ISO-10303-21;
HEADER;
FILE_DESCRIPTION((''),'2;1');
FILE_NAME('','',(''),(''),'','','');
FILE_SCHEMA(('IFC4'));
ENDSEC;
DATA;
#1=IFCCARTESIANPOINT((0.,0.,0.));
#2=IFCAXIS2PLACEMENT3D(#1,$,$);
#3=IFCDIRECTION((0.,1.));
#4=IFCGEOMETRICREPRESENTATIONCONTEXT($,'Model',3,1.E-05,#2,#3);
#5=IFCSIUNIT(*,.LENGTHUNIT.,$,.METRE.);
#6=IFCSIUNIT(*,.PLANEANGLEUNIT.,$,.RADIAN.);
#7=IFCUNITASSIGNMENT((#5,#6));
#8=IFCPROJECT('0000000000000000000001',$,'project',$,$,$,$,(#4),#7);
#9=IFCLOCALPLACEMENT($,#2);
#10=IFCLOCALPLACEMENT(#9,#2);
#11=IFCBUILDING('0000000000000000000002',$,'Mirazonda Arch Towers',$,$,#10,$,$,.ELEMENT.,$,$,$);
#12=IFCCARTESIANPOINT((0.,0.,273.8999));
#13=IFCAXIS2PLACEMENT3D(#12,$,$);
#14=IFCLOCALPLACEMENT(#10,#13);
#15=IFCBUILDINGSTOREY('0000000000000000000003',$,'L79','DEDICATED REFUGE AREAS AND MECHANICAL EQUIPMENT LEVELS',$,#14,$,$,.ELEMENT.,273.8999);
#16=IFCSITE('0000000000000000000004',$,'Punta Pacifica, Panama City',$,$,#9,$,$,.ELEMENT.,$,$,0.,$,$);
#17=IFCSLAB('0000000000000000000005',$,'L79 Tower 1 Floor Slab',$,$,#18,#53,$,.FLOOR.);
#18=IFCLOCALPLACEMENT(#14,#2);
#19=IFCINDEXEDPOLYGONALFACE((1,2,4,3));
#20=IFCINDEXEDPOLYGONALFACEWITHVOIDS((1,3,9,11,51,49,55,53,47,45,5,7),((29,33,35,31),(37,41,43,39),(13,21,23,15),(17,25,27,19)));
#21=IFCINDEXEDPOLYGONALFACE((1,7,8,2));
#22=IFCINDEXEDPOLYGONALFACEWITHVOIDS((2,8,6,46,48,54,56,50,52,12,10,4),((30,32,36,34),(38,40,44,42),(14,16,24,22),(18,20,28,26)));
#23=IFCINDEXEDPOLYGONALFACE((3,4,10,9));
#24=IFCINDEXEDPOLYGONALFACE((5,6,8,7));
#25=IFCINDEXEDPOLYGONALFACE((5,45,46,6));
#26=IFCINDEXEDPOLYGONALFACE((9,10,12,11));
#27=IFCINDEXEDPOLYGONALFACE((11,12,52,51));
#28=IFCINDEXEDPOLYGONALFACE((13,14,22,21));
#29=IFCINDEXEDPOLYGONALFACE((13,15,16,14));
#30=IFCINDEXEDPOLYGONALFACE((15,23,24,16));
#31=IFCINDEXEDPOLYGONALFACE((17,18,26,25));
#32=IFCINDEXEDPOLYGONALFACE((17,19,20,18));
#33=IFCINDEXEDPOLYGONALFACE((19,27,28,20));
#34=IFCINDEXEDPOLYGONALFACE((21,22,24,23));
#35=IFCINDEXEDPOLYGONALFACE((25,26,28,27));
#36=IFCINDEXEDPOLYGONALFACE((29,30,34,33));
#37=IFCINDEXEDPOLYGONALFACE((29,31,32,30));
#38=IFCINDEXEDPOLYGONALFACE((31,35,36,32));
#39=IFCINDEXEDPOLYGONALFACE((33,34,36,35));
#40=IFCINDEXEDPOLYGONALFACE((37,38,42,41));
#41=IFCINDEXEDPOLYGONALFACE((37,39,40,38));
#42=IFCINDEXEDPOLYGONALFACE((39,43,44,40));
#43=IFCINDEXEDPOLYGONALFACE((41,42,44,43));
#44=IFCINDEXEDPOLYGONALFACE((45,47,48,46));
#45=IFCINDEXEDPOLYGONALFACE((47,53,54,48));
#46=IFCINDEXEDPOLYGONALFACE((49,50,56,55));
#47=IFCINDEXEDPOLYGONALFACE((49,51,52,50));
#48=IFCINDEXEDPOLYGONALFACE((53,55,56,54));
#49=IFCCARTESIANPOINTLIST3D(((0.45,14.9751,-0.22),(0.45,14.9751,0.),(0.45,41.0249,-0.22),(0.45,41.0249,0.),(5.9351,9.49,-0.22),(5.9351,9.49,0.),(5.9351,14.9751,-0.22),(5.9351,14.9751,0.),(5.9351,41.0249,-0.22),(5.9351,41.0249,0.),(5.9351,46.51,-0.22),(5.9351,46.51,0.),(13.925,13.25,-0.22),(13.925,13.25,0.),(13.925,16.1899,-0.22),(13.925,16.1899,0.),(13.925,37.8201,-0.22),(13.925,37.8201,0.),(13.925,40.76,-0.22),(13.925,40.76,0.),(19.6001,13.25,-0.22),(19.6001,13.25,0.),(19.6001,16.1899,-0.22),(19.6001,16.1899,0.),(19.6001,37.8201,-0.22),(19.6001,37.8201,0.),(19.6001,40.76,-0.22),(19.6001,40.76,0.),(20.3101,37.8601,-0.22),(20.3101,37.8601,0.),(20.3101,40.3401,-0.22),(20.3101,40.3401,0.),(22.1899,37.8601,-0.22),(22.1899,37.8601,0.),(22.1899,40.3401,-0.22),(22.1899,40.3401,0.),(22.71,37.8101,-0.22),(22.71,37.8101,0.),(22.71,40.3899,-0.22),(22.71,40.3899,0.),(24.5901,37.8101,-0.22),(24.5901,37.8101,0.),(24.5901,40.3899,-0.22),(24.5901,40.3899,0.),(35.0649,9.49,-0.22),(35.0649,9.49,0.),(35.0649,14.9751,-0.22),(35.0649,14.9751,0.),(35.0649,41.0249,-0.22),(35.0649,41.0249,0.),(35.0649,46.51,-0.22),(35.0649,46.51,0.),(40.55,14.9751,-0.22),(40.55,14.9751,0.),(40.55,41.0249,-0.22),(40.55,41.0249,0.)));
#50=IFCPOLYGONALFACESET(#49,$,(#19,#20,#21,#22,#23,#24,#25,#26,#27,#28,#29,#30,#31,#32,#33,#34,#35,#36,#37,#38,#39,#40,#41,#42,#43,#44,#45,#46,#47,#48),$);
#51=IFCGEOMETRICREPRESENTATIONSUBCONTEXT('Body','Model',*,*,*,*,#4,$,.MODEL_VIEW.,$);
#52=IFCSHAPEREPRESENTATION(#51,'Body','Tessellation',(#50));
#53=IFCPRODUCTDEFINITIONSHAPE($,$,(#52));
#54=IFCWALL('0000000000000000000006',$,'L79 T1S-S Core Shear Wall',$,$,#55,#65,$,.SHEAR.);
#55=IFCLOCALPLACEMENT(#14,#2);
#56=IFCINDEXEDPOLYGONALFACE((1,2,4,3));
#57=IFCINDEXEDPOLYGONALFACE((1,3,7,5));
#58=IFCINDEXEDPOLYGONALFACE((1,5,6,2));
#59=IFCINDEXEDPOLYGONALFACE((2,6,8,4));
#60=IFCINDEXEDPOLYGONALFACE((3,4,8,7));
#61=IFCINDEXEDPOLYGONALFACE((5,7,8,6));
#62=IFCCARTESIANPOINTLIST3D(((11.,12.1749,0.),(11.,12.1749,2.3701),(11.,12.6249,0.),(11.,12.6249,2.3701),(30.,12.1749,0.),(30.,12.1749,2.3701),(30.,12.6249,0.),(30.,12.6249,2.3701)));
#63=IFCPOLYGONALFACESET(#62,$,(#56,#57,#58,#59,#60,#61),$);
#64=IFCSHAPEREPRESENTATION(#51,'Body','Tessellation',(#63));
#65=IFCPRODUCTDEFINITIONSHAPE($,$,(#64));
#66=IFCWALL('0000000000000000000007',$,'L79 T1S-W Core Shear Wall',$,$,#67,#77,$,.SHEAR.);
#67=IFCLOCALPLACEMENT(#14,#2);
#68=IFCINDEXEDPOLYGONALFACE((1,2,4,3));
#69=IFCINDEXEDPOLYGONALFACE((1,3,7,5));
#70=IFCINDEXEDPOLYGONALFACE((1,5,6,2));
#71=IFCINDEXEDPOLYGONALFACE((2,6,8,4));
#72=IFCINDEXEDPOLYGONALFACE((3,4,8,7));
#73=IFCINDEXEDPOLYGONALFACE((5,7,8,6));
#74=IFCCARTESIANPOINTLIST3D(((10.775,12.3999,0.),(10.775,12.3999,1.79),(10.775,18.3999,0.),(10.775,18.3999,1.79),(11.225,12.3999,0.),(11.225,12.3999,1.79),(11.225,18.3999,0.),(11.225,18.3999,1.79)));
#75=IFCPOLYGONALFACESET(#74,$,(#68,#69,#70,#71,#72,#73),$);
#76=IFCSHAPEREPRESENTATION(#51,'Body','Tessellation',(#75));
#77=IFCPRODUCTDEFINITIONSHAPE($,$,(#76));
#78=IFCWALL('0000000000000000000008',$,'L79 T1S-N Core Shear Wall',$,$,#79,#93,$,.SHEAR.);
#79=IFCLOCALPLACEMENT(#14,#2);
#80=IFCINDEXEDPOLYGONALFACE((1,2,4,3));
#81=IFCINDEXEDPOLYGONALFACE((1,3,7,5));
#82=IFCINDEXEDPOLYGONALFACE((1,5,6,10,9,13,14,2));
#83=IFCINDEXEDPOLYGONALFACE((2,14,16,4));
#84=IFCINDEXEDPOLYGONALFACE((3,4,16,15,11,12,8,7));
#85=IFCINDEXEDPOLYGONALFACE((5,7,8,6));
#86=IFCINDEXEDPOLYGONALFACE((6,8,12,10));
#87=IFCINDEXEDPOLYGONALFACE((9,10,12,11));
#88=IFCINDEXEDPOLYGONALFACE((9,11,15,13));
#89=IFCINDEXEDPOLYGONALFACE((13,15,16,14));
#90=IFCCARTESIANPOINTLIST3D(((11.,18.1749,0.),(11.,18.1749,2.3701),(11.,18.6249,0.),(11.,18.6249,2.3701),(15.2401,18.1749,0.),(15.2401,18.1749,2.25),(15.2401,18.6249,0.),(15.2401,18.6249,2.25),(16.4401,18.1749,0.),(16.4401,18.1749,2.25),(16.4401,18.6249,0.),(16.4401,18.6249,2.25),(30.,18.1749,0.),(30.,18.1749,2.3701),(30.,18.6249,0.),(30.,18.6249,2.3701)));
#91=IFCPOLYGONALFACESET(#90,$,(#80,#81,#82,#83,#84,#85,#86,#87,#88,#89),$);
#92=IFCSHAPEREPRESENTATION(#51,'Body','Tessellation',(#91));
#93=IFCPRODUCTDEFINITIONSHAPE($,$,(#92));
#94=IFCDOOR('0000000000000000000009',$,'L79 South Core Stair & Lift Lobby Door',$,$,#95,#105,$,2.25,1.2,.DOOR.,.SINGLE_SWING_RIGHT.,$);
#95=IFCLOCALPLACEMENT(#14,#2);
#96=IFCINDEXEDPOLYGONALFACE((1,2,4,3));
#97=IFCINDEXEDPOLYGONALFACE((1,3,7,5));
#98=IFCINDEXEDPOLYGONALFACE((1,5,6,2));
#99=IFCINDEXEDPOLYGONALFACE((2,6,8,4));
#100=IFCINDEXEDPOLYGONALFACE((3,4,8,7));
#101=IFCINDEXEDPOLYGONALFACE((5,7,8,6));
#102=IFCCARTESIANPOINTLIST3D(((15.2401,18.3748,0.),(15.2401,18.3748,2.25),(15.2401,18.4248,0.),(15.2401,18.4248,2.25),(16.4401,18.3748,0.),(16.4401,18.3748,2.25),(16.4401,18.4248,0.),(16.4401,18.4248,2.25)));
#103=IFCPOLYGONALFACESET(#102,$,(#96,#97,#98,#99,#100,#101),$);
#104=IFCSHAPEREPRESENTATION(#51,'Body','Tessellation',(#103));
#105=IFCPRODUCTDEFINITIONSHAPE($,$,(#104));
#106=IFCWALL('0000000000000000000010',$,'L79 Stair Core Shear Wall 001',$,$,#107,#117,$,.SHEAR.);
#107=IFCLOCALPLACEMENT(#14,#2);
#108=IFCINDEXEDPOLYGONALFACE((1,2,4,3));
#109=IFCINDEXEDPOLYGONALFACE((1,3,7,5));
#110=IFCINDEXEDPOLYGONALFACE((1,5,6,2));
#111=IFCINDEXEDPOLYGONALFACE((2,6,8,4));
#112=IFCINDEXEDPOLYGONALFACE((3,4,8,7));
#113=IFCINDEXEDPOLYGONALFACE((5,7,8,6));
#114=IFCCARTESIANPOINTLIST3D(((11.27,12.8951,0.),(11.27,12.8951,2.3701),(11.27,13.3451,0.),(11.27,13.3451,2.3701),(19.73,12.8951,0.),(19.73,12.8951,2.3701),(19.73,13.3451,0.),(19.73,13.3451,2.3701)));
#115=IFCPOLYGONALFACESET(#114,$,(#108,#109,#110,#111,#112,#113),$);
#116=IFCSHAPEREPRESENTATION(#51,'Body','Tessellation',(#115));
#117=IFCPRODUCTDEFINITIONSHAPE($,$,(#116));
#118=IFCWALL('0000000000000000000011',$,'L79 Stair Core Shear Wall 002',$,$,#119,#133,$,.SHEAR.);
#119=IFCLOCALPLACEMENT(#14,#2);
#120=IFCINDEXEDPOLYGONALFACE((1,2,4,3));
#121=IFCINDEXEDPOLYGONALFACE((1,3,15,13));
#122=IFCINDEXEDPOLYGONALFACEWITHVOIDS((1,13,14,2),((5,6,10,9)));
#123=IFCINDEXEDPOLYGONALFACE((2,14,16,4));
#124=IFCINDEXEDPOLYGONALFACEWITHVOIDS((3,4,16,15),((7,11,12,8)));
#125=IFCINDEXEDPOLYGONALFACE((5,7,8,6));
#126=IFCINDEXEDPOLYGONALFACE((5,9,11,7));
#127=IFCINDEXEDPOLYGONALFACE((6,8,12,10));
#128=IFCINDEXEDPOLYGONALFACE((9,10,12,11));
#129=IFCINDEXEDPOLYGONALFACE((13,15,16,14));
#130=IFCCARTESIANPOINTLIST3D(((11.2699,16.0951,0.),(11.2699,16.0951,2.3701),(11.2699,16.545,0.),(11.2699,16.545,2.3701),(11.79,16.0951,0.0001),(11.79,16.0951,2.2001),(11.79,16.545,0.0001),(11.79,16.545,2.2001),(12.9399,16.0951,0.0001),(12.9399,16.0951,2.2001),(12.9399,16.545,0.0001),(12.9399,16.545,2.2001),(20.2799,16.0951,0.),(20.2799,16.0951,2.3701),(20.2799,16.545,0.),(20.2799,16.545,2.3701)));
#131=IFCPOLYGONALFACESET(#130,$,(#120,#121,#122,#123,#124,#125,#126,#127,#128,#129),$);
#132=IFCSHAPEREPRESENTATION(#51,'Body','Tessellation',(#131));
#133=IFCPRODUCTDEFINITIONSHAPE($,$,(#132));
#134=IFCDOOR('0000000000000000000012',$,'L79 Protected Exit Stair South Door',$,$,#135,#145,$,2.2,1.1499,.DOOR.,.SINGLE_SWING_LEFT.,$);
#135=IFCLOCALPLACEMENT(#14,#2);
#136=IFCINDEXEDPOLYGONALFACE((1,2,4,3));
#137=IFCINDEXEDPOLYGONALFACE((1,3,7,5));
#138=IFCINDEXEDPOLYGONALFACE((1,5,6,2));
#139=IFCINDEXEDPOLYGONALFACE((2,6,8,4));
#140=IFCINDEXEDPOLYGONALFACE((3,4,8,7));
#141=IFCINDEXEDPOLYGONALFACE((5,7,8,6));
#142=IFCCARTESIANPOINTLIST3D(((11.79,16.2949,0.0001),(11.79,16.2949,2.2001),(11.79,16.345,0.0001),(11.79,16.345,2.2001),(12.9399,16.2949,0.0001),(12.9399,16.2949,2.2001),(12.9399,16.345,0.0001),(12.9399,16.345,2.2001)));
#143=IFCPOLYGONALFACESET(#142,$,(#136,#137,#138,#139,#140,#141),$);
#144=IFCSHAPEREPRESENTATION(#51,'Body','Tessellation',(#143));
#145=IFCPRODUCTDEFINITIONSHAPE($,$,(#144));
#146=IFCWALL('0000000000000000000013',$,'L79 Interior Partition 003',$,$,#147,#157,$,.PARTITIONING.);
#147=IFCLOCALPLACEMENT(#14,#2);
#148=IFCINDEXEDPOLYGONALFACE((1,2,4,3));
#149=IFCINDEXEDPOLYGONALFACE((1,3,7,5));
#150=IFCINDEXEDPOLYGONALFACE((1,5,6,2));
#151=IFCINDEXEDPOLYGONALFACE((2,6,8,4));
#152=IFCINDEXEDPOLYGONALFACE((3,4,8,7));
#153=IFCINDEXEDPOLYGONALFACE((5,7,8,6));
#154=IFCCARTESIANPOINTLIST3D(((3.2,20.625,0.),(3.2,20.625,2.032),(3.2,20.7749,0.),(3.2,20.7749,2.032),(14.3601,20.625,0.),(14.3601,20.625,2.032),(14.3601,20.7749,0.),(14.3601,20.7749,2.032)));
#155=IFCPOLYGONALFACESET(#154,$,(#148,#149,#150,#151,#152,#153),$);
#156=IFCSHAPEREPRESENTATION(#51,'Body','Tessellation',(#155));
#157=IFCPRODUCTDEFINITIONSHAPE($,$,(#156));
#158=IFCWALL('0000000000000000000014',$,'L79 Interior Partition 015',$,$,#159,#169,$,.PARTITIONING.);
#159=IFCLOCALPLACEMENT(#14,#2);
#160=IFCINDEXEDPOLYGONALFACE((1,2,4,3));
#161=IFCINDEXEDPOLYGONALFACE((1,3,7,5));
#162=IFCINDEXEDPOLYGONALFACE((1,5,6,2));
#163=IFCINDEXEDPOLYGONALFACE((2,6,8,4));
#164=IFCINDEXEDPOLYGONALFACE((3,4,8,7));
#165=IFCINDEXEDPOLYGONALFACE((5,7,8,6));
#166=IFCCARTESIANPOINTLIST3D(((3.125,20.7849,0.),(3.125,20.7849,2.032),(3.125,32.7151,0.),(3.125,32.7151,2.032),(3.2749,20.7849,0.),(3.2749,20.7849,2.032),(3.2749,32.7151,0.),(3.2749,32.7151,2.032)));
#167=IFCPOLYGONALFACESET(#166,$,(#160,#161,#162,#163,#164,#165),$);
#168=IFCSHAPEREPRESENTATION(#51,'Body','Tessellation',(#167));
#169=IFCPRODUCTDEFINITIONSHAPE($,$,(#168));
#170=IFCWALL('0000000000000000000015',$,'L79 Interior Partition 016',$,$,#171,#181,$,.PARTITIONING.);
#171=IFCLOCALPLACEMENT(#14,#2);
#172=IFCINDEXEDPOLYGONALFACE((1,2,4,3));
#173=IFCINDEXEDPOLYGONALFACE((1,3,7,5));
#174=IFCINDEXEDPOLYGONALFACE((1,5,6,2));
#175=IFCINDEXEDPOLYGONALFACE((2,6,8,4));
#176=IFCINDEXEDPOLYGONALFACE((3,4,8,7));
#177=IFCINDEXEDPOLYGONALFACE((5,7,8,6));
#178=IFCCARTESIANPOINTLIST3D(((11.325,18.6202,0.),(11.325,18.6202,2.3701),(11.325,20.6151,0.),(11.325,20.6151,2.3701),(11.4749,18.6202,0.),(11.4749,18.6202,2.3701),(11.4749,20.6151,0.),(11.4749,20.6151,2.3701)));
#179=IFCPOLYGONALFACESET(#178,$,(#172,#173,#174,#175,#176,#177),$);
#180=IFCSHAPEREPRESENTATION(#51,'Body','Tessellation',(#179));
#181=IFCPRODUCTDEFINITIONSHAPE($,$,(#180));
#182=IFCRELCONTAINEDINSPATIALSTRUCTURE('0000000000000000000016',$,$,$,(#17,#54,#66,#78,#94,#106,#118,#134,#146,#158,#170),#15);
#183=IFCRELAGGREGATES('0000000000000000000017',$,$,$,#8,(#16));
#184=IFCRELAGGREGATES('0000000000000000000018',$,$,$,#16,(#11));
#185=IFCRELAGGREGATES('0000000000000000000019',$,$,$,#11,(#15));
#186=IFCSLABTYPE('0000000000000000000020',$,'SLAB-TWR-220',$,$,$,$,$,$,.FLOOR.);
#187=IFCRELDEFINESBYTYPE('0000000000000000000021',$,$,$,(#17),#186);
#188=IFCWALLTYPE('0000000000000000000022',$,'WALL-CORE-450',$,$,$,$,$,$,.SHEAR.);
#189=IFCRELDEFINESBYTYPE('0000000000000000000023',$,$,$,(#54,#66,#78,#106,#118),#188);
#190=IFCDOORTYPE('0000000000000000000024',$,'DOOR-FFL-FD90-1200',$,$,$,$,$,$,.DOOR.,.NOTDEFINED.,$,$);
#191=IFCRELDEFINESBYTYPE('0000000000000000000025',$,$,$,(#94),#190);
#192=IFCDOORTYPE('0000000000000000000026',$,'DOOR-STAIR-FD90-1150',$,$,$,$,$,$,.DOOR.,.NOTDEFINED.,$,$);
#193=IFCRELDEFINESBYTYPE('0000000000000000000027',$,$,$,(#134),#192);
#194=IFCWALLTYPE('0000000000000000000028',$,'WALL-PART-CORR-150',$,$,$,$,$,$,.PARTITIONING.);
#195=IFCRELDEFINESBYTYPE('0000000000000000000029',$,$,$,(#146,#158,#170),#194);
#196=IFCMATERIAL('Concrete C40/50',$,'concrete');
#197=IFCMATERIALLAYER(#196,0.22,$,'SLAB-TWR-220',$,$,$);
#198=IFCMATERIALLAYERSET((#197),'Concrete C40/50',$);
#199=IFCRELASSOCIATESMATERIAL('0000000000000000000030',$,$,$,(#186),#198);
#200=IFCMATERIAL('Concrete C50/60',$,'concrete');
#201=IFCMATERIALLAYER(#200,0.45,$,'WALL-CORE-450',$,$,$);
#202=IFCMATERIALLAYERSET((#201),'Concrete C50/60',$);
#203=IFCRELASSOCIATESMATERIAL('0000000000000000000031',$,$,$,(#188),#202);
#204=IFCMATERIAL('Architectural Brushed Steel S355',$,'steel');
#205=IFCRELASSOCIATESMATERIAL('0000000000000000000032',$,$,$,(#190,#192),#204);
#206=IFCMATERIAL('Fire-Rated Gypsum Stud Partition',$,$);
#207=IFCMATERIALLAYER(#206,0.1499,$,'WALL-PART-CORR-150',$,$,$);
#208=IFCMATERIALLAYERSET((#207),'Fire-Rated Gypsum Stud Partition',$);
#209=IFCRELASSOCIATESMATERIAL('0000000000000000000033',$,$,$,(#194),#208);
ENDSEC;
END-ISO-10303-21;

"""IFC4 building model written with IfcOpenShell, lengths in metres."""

from ifc_helpers import new_model, si_unit, direction, frame, frame_2d, origin, place, context, subcontext, project, spatial, polyline, rectangle, outline, extrude, material, layer, layer_set, type_object, element, fill, save


model = new_model("IFC4")

# Units and contexts
model_context = context("Model", 3, precision=1e-05, world=origin(), true_north=direction((0.0, 1.0)))
body_context = subcontext(model_context, "Body", "Model", "MODEL_VIEW")
ifc_project = project(units=[si_unit("LENGTHUNIT", "METRE"), si_unit("PLANEANGLEUNIT", "RADIAN")], contexts=[model_context])

# Site, building, storey
site_placement = place(None, origin())
site = spatial("IfcSite", under=ifc_project, at=site_placement, Name="Punta Pacifica, Panama City", CompositionType="ELEMENT", RefElevation=0.0)
building_placement = place(site_placement, origin())
building = spatial("IfcBuilding", under=site, at=building_placement, Name="Mirazonda Arch Towers", CompositionType="ELEMENT")
storey_placement = place(building_placement, frame((0.0, 0.0, 273.8999)))
storey = spatial("IfcBuildingStorey", under=building, at=storey_placement, Name="L79", Description="DEDICATED REFUGE AREAS AND MECHANICAL EQUIPMENT LEVELS", CompositionType="ELEMENT", Elevation=273.8999)

# Shared definitions
ifc_material_1 = material(Name="Concrete C50/60", Category="concrete")

# Shared definitions
ifc_material_2 = material(Name="Concrete C40/50", Category="concrete")

# Slab
ifc_layer_1 = layer(ifc_material_2, 0.22, Name="SLAB-TWR-220")
ifc_layer_set_1 = layer_set([ifc_layer_1], Name="Concrete C40/50")
slab_type_1 = type_object("IfcSlabType", Name="SLAB-TWR-220", PredefinedType="FLOOR", material=ifc_layer_set_1)
slab_1_placement = place(storey_placement, frame((0.0, 0.0, -0.22)))
element("IfcSlab", 1, at=slab_1_placement, inside=storey, type_object=slab_type_1, Name="L79 Tower 1 Floor Slab", PredefinedType="FLOOR", context=body_context, shape_type="SweptSolid", body=[
    extrude(outline(polyline([(5.9351, 9.49), (35.0649, 9.49), (35.0649, 14.9751), (40.55, 14.9751), (40.55, 41.0249), (35.0649, 41.0249), (35.0649, 46.51), (5.9351, 46.51), (5.9351, 41.0249), (0.45, 41.0249), (0.45, 14.9751), (5.9351, 14.9751), (5.9351, 9.49)]), holes=[polyline([(22.71, 37.8101), (22.71, 40.3899), (24.5901, 40.3899), (24.5901, 37.8101), (22.71, 37.8101)]), polyline([(20.3101, 37.8601), (20.3101, 40.3401), (22.1899, 40.3401), (22.1899, 37.8601), (20.3101, 37.8601)]), polyline([(19.6001, 13.25), (13.925, 13.25), (13.925, 16.1899), (19.6001, 16.1899), (19.6001, 13.25)]), polyline([(19.6001, 37.8201), (13.925, 37.8201), (13.925, 40.76), (19.6001, 40.76), (19.6001, 37.8201)])]), origin(), (0.0, 0.0, 1.0), 0.22),
])

# Walls
ifc_layer_2 = layer(ifc_material_1, 0.45, Name="WALL-CORE-450")
ifc_layer_set_2 = layer_set([ifc_layer_2], Name="Concrete C50/60")
wall_type_1 = type_object("IfcWallType", Name="WALL-CORE-450", PredefinedType="SHEAR", material=ifc_layer_set_2)
wall_1_placement = place(storey_placement, frame((11.0, 12.3999, 0.0), z_axis=(0.0, 0.0, 1.0), x_axis=(1.0, 0.0, 0.0)))
element("IfcWall", 2, at=wall_1_placement, inside=storey, type_object=wall_type_1, Name="L79 T1S-S Core Shear Wall", PredefinedType="SHEAR", context=body_context, shape_type="SweptSolid", body=[
    extrude(rectangle(XDim=19.0, YDim=0.45, at=frame_2d((9.5, 0.0))), origin(), (0.0, 0.0, 1.0), 2.3701),
])
wall_2_placement = place(storey_placement, frame((11.0, 12.3999, 0.0), z_axis=(0.0, 0.0, 1.0), x_axis=(0.0, 1.0, 0.0)))
element("IfcWall", 3, at=wall_2_placement, inside=storey, type_object=wall_type_1, Name="L79 T1S-W Core Shear Wall", PredefinedType="SHEAR", context=body_context, shape_type="SweptSolid", body=[
    extrude(rectangle(XDim=6.0, YDim=0.45, at=frame_2d((3.0, 0.0))), origin(), (0.0, 0.0, 1.0), 1.79),
])

# Wall, opening, door
wall_3_placement = place(storey_placement, frame((11.0, 18.3999, 0.0), z_axis=(0.0, 0.0, 1.0), x_axis=(1.0, 0.0, 0.0)))
wall_3 = element("IfcWall", 4, at=wall_3_placement, inside=storey, type_object=wall_type_1, Name="L79 T1S-N Core Shear Wall", PredefinedType="SHEAR", context=body_context, shape_type="SweptSolid", body=[
    extrude(rectangle(XDim=19.0, YDim=0.45, at=frame_2d((9.5, 0.0))), origin(), (0.0, 0.0, 1.0), 2.3701),
])
opening_1_placement = place(wall_3_placement, frame((4.24, 0.0, 0.0)))
opening_1 = element("IfcOpeningElement", 5, at=opening_1_placement, cuts=wall_3, PredefinedType="OPENING", context=body_context, shape_type="SweptSolid", body=[
    extrude(rectangle(XDim=1.2, YDim=2.25, at=frame_2d((0.6001, 1.125))), frame((0.0, 0.2349, 0.0), z_axis=(0.0, -1.0, 0.0), x_axis=(1.0, 0.0, 0.0)), (0.0, 0.0, 1.0), 0.47),
])
ifc_material_3 = material(Name="Architectural Brushed Steel S355", Category="steel")
door_type_1 = type_object("IfcDoorType", Name="DOOR-FFL-FD90-1200", OperationType="NOTDEFINED", PredefinedType="DOOR", material=ifc_material_3)
door_1_placement = place(opening_1_placement, origin())
door_1 = element("IfcDoor", 6, at=door_1_placement, inside=storey, type_object=door_type_1, Name="L79 South Core Stair & Lift Lobby Door", OperationType="SINGLE_SWING_RIGHT", OverallHeight=2.25, OverallWidth=1.2, PredefinedType="DOOR", context=body_context, shape_type="SweptSolid", body=[
    extrude(rectangle(XDim=1.2, YDim=2.25, at=frame_2d((0.6001, 1.125))), frame((0.0, 0.0249, 0.0), z_axis=(0.0, -1.0, 0.0), x_axis=(1.0, 0.0, 0.0)), (0.0, 0.0, 1.0), 0.05),
])
fill(opening_1, door_1)

# Wall
wall_4_placement = place(storey_placement, frame((11.27, 13.1201, 0.0), z_axis=(0.0, 0.0, 1.0), x_axis=(1.0, 0.0, 0.0)))
element("IfcWall", 7, at=wall_4_placement, inside=storey, type_object=wall_type_1, Name="L79 Stair Core Shear Wall 001", PredefinedType="SHEAR", context=body_context, shape_type="SweptSolid", body=[
    extrude(rectangle(XDim=8.46, YDim=0.45, at=frame_2d((4.23, 0.0))), origin(), (0.0, 0.0, 1.0), 2.3701),
])

# Wall, opening, door
wall_5_placement = place(storey_placement, frame((11.27, 16.3201, 0.0), z_axis=(0.0, 0.0, 1.0), x_axis=(1.0, 0.0, 0.0)))
wall_5 = element("IfcWall", 8, at=wall_5_placement, inside=storey, type_object=wall_type_1, Name="L79 Stair Core Shear Wall 002", PredefinedType="SHEAR", context=body_context, shape_type="SweptSolid", body=[
    extrude(rectangle(XDim=9.01, YDim=0.45, at=frame_2d((4.5049, 0.0))), origin(), (0.0, 0.0, 1.0), 2.3701),
])
opening_2_placement = place(wall_5_placement, frame((0.52, 0.0, 0.0)))
opening_2 = element("IfcOpeningElement", 9, at=opening_2_placement, cuts=wall_5, PredefinedType="OPENING", context=body_context, shape_type="SweptSolid", body=[
    extrude(rectangle(XDim=1.1499, YDim=2.2, at=frame_2d((0.575, 1.1001))), frame((0.0, 0.2349, 0.0), z_axis=(0.0, -1.0, 0.0), x_axis=(1.0, 0.0, 0.0)), (0.0, 0.0, 1.0), 0.47),
])
door_type_2 = type_object("IfcDoorType", Name="DOOR-STAIR-FD90-1150", OperationType="NOTDEFINED", PredefinedType="DOOR", material=ifc_material_3)
door_2_placement = place(opening_2_placement, origin())
door_2 = element("IfcDoor", 10, at=door_2_placement, inside=storey, type_object=door_type_2, Name="L79 Protected Exit Stair South Door", OperationType="SINGLE_SWING_LEFT", OverallHeight=2.2, OverallWidth=1.1499, PredefinedType="DOOR", context=body_context, shape_type="SweptSolid", body=[
    extrude(rectangle(XDim=1.1499, YDim=2.2, at=frame_2d((0.575, 1.1001))), frame((0.0, 0.0249, 0.0), z_axis=(0.0, -1.0, 0.0), x_axis=(1.0, 0.0, 0.0)), (0.0, 0.0, 1.0), 0.05),
])
fill(opening_2, door_2)

# Walls
ifc_material_4 = material(Name="Fire-Rated Gypsum Stud Partition")
ifc_layer_3 = layer(ifc_material_4, 0.1499, Name="WALL-PART-CORR-150")
ifc_layer_set_3 = layer_set([ifc_layer_3], Name="Fire-Rated Gypsum Stud Partition")
wall_type_2 = type_object("IfcWallType", Name="WALL-PART-CORR-150", PredefinedType="PARTITIONING", material=ifc_layer_set_3)
wall_6_placement = place(storey_placement, frame((3.2, 20.7, 0.0), z_axis=(0.0, 0.0, 1.0), x_axis=(1.0, 0.0, 0.0)))
element("IfcWall", 11, at=wall_6_placement, inside=storey, type_object=wall_type_2, Name="L79 Interior Partition 003", PredefinedType="PARTITIONING", context=body_context, shape_type="SweptSolid", body=[
    extrude(rectangle(XDim=11.1602, YDim=0.1499, at=frame_2d((5.5801, 0.0))), origin(), (0.0, 0.0, 1.0), 2.032),
])
wall_7_placement = place(storey_placement, frame((3.2, 20.7849, 0.0), z_axis=(0.0, 0.0, 1.0), x_axis=(0.0, 1.0, 0.0)))
element("IfcWall", 12, at=wall_7_placement, inside=storey, type_object=wall_type_2, Name="L79 Interior Partition 015", PredefinedType="PARTITIONING", context=body_context, shape_type="SweptSolid", body=[
    extrude(rectangle(XDim=11.9302, YDim=0.1499, at=frame_2d((5.9651, 0.0))), origin(), (0.0, 0.0, 1.0), 2.032),
])
wall_8_placement = place(storey_placement, frame((11.3999, 18.6201, 0.0), z_axis=(0.0, 0.0, 1.0), x_axis=(0.0, 1.0, 0.0)))
element("IfcWall", 13, at=wall_8_placement, inside=storey, type_object=wall_type_2, Name="L79 Interior Partition 016", PredefinedType="PARTITIONING", context=body_context, shape_type="SweptSolid", body=[
    extrude(rectangle(XDim=1.9949, YDim=0.1499, at=frame_2d((0.9976, 0.0))), origin(), (0.0, 0.0, 1.0), 2.3701),
])

save(model, "model.ifc")
